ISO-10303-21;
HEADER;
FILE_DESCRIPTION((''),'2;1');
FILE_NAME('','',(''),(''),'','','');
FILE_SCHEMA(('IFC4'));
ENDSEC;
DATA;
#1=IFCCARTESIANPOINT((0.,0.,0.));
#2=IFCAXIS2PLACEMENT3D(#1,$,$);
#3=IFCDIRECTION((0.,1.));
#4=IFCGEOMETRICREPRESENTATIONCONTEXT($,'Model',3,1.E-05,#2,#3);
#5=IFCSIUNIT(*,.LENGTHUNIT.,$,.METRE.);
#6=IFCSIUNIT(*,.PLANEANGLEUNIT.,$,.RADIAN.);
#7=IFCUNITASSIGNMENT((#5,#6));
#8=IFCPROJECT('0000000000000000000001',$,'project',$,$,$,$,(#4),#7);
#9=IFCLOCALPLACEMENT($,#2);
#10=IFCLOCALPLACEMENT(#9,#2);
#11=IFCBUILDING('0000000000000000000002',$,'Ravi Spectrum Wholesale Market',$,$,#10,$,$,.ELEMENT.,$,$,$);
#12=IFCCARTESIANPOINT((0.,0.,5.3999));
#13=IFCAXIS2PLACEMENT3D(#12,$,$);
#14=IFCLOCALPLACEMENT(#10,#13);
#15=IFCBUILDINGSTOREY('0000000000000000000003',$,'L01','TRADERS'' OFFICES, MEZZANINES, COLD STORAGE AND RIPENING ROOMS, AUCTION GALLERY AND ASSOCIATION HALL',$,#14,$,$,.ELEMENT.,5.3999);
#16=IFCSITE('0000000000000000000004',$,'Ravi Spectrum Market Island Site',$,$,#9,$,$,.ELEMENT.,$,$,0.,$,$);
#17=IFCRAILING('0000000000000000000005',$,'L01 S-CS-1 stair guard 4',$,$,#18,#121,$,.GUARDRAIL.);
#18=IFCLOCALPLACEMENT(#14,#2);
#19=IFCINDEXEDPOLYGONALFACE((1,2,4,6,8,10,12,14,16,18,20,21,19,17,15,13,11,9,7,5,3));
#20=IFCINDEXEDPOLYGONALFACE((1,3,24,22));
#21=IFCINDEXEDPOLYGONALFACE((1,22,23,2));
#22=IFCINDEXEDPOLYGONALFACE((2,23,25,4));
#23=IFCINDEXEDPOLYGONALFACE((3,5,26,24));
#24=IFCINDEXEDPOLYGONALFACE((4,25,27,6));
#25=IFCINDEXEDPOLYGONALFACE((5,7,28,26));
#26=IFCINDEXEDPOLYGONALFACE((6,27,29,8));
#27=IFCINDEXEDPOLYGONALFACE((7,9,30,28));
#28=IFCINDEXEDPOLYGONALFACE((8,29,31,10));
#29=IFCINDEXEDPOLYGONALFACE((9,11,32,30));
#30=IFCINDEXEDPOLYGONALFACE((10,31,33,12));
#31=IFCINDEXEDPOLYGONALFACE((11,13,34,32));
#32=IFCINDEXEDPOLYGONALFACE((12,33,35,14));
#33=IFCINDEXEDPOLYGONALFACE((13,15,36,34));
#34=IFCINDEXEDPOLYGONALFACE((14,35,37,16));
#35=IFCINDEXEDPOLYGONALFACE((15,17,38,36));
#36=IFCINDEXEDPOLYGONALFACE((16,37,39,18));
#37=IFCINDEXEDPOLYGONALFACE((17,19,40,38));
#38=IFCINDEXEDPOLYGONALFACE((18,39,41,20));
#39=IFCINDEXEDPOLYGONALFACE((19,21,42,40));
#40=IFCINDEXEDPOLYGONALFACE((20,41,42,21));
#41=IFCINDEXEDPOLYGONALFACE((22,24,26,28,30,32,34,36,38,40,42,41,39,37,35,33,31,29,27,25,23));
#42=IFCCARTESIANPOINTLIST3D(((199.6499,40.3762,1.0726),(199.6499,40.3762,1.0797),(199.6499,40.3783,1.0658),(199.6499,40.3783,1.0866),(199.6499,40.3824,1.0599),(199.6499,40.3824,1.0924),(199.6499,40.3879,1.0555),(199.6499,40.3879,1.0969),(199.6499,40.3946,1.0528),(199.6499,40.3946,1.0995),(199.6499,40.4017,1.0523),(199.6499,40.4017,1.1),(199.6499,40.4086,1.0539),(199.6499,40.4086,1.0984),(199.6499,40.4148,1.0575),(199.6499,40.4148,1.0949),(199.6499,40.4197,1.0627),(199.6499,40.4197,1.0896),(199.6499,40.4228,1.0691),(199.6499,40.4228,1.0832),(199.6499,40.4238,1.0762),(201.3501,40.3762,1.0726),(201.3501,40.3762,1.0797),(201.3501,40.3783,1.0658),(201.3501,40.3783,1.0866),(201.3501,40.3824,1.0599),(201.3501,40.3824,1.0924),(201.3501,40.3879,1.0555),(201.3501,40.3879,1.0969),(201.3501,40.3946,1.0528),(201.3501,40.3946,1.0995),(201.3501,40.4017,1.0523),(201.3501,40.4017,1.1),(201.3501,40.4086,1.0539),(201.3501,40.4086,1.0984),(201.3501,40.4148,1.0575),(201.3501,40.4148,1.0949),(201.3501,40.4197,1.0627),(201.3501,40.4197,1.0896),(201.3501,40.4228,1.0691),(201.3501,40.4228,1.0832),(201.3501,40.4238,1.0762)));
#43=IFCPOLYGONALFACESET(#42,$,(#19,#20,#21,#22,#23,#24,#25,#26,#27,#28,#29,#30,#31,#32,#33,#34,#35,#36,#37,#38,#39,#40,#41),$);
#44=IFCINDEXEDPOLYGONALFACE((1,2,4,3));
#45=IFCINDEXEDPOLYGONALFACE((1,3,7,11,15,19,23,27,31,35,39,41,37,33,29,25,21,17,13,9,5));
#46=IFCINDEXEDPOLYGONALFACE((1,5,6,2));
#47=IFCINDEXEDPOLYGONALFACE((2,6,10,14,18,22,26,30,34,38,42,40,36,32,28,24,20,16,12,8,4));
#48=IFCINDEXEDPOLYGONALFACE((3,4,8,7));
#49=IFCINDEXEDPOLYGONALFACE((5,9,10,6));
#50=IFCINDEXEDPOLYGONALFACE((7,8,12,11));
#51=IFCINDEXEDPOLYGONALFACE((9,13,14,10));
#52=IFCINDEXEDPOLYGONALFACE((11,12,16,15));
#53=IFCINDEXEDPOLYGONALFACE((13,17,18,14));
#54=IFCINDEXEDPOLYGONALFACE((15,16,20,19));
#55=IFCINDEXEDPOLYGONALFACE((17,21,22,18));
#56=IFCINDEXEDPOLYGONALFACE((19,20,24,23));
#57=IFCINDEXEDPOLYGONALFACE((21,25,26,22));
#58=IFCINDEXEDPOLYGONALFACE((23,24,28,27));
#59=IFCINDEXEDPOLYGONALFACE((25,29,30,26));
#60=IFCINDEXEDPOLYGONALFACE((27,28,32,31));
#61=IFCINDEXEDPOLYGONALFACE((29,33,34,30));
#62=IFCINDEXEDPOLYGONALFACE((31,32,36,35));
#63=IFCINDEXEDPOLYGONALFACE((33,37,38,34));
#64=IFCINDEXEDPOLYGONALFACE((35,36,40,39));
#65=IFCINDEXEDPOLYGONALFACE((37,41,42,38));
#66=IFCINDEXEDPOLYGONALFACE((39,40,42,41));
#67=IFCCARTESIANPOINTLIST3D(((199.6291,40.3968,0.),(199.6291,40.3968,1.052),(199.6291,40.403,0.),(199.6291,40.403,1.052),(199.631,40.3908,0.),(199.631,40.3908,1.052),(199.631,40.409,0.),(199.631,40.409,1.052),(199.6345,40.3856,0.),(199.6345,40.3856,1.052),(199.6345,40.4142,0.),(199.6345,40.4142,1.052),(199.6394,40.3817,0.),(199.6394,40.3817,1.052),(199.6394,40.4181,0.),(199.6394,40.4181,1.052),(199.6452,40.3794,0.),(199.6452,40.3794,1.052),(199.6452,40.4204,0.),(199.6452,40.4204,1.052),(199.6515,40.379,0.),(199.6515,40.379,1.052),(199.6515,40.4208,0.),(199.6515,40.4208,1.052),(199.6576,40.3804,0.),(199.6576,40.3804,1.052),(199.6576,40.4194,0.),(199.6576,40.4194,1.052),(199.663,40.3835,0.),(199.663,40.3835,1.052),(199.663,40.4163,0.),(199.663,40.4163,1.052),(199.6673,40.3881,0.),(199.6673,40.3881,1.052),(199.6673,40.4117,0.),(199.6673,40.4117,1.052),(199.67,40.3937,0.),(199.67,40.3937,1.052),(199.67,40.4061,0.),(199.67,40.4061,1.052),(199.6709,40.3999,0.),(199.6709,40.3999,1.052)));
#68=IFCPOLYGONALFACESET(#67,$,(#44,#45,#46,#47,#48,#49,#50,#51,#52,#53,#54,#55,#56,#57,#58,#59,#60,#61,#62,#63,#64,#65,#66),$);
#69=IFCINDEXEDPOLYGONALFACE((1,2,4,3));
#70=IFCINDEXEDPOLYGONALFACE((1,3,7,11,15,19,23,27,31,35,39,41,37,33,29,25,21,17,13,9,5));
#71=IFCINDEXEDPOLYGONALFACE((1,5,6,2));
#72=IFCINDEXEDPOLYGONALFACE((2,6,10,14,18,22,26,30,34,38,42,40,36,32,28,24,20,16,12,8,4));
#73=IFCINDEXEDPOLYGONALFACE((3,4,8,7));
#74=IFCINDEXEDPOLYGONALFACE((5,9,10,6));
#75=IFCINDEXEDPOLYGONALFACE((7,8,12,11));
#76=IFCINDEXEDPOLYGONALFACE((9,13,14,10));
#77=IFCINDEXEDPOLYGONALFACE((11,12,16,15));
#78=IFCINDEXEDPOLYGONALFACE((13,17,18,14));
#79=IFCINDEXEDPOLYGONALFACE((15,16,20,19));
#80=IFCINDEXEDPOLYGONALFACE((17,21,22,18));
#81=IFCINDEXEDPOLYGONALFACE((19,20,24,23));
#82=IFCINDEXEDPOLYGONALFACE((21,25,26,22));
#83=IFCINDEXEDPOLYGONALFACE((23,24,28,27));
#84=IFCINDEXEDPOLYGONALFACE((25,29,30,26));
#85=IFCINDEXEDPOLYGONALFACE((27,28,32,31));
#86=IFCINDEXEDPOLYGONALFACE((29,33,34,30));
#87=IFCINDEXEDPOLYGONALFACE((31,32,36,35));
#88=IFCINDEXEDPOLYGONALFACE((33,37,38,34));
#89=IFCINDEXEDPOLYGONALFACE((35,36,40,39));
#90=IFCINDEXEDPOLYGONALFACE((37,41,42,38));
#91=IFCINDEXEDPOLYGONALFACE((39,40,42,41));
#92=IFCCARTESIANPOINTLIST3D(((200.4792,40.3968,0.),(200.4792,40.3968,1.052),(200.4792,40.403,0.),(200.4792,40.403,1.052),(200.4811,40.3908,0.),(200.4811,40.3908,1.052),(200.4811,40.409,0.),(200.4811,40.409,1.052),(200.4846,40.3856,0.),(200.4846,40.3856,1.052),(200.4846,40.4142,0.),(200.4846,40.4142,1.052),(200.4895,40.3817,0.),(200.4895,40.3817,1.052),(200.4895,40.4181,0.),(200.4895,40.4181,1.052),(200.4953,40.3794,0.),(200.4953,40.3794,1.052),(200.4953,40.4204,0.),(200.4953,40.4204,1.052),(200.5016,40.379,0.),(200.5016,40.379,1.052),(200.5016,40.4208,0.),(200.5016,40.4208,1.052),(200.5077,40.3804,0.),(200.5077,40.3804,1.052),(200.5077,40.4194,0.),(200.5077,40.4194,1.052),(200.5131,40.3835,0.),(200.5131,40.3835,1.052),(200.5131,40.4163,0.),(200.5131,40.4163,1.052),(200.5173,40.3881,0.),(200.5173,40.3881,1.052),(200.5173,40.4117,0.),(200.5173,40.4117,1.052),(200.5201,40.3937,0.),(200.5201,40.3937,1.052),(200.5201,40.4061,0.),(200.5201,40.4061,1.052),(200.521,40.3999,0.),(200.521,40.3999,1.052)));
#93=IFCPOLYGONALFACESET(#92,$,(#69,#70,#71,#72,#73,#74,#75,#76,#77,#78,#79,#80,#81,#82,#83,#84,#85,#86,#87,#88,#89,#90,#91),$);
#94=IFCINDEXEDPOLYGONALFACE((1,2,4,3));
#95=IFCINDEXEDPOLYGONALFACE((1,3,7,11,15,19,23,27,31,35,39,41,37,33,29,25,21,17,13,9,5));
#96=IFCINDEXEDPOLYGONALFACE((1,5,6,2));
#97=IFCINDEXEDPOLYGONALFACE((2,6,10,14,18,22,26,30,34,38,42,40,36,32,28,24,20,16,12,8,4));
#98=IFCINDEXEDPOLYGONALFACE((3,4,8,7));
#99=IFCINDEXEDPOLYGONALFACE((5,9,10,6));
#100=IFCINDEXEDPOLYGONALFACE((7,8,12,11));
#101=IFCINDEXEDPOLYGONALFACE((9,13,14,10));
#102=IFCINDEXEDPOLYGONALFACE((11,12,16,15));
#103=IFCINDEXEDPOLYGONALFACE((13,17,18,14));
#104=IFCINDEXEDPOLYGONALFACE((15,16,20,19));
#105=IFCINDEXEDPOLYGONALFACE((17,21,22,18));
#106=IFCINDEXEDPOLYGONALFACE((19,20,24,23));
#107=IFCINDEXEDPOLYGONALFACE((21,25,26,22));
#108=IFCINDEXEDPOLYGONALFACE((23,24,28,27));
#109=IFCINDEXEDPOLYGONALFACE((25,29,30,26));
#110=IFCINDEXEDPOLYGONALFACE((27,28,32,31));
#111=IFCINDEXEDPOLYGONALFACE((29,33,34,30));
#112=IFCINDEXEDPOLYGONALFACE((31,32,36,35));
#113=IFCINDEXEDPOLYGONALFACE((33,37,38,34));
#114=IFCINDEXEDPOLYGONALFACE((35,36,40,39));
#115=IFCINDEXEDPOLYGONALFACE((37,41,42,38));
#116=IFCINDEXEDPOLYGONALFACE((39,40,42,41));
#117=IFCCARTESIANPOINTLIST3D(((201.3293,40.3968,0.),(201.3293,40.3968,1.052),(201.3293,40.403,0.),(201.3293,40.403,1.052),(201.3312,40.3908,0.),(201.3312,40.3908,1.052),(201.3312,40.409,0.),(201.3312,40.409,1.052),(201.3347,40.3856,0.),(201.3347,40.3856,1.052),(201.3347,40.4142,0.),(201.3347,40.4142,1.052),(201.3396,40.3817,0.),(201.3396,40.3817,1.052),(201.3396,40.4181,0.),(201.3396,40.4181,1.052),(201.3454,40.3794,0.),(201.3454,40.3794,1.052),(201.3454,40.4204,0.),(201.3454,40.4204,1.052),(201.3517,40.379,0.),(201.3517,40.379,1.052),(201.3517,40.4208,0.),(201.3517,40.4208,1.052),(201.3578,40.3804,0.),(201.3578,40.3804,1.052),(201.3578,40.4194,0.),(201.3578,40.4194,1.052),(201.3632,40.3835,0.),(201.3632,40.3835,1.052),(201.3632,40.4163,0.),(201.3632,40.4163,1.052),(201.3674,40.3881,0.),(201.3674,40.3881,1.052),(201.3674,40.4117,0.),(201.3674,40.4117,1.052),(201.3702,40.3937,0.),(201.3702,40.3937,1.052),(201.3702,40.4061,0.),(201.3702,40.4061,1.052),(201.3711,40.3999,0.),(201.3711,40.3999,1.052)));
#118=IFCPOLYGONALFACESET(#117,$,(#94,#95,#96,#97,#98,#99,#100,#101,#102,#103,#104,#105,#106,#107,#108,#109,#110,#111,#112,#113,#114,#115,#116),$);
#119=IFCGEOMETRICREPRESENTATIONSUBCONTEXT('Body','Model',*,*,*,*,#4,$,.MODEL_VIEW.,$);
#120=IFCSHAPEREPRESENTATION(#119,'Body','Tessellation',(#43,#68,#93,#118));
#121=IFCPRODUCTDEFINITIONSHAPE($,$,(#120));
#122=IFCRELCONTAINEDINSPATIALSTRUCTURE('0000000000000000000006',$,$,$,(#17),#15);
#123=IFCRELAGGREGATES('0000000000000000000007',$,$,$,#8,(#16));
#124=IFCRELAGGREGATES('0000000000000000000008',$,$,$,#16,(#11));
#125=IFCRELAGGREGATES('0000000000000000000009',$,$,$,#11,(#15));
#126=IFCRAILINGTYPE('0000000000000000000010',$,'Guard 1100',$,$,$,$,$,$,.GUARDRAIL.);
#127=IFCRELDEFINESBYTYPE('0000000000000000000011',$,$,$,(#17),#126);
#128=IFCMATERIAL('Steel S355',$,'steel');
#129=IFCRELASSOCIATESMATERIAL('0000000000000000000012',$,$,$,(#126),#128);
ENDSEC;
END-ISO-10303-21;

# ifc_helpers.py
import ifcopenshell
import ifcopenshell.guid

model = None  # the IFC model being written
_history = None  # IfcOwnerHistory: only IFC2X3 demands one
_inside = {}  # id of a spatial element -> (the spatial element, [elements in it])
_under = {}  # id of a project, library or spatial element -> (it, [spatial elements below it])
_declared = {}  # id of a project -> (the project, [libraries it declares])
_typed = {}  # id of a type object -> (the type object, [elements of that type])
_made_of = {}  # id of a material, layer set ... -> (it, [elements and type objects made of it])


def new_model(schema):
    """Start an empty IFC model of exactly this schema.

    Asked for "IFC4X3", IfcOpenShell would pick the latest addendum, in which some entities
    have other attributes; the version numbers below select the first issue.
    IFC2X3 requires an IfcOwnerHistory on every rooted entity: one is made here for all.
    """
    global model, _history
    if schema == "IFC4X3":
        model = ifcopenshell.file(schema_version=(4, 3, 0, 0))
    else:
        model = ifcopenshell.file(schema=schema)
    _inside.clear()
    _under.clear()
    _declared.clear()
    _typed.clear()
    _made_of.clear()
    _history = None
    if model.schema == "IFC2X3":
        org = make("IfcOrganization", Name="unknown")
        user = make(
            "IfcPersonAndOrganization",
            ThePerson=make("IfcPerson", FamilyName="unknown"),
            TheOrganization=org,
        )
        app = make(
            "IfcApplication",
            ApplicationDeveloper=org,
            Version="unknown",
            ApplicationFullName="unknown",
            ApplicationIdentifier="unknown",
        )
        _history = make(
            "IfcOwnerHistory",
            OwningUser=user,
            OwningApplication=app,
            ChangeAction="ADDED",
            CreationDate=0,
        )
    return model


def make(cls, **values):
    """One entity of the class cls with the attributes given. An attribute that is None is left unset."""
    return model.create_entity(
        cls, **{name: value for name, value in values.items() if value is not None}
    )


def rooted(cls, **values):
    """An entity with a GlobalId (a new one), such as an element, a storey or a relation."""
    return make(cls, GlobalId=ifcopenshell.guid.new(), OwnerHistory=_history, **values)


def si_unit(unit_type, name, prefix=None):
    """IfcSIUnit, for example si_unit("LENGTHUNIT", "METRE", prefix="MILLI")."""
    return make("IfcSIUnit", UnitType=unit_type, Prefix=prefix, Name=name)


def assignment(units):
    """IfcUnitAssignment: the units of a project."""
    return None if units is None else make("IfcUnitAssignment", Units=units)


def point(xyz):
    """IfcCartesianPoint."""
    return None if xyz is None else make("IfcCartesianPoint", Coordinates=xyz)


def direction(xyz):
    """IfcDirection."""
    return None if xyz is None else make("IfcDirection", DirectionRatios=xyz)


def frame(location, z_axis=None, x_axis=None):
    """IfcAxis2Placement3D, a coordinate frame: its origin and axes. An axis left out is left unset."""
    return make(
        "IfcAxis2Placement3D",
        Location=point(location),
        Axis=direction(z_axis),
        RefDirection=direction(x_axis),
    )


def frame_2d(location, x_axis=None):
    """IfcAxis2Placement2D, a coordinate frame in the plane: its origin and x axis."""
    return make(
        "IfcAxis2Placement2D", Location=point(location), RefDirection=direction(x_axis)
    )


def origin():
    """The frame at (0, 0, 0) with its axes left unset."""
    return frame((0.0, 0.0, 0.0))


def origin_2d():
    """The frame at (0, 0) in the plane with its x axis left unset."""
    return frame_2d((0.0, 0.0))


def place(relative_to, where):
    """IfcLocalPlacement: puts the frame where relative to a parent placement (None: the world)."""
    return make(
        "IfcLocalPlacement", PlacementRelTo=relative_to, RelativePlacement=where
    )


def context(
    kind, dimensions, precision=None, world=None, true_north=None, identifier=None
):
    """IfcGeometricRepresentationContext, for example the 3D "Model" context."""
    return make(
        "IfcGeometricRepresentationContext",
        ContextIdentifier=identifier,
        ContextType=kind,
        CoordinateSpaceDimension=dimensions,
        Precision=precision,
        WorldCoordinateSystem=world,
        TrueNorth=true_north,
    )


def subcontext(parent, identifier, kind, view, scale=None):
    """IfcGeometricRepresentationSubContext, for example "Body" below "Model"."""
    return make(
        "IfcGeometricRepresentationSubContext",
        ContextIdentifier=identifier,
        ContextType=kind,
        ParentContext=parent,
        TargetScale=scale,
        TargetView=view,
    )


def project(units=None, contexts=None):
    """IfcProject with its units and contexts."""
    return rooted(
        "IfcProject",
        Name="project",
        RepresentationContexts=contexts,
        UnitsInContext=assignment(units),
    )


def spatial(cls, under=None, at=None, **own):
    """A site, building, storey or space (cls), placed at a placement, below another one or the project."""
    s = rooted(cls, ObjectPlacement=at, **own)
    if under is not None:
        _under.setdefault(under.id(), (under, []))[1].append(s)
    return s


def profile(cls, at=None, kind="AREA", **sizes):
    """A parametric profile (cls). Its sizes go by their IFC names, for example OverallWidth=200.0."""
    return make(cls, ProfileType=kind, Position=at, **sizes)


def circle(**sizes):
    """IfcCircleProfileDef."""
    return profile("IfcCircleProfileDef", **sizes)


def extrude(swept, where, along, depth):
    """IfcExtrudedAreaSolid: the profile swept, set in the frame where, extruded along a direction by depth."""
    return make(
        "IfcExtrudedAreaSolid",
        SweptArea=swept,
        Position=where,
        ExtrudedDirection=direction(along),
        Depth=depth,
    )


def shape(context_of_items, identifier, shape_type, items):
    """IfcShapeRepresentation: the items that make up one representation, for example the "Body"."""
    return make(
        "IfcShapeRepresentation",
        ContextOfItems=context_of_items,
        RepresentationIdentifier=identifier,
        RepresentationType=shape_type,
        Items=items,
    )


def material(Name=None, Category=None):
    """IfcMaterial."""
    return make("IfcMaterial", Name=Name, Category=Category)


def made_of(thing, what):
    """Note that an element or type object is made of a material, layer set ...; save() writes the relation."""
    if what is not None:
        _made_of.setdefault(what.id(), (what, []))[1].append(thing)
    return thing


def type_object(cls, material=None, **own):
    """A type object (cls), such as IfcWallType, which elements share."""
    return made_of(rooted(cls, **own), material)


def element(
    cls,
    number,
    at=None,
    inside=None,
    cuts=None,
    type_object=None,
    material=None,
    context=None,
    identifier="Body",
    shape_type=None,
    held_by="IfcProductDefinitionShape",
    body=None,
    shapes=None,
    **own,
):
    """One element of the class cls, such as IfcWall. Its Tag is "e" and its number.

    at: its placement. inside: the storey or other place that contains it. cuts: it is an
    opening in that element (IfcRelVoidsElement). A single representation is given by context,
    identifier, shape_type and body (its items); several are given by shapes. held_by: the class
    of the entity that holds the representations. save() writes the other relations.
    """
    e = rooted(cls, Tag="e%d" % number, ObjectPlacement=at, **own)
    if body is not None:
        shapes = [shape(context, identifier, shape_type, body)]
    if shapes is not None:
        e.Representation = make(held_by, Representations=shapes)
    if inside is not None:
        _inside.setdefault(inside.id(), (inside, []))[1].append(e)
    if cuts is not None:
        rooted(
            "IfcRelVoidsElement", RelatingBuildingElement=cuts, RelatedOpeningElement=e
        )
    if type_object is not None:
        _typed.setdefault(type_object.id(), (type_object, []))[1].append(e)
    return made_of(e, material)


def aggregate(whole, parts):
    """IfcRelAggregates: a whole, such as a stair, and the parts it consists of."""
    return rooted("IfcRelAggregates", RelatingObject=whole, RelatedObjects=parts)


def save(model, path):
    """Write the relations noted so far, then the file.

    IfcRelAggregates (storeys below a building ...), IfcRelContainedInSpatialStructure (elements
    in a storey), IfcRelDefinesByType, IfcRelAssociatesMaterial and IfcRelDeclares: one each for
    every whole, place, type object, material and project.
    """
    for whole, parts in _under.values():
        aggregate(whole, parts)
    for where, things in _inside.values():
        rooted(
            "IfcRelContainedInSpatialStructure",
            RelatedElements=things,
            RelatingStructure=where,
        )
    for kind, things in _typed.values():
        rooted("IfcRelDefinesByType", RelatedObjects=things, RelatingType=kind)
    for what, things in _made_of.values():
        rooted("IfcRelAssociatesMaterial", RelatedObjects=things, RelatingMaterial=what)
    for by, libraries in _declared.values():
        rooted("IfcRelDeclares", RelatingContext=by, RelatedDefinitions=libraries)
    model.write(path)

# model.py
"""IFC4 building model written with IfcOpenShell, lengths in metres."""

from ifc_helpers import new_model, si_unit, direction, frame, origin, origin_2d, place, context, subcontext, project, spatial, circle, extrude, material, type_object, element, save


model = new_model("IFC4")

# Units and contexts
model_context = context("Model", 3, precision=1e-05, world=origin(), true_north=direction((0.0, 1.0)))
body_context = subcontext(model_context, "Body", "Model", "MODEL_VIEW")
ifc_project = project(units=[si_unit("LENGTHUNIT", "METRE"), si_unit("PLANEANGLEUNIT", "RADIAN")], contexts=[model_context])

# Site, building, storey
site_placement = place(None, origin())
site = spatial("IfcSite", under=ifc_project, at=site_placement, Name="Ravi Spectrum Market Island Site", CompositionType="ELEMENT", RefElevation=0.0)
building_placement = place(site_placement, origin())
building = spatial("IfcBuilding", under=site, at=building_placement, Name="Ravi Spectrum Wholesale Market", CompositionType="ELEMENT")
storey_placement = place(building_placement, frame((0.0, 0.0, 5.3999)))
storey = spatial("IfcBuildingStorey", under=building, at=storey_placement, Name="L01", Description="TRADERS' OFFICES, MEZZANINES, COLD STORAGE AND RIPENING ROOMS, AUCTION GALLERY AND ASSOCIATION HALL", CompositionType="ELEMENT", Elevation=5.3999)

# Railing
ifc_material_1 = material(Name="Steel S355", Category="steel")
railing_type_1 = type_object("IfcRailingType", Name="Guard 1100", PredefinedType="GUARDRAIL", material=ifc_material_1)
railing_1_placement = place(storey_placement, frame((199.6499, 40.3999, 0.0)))
element("IfcRailing", 1, at=railing_1_placement, inside=storey, type_object=railing_type_1, Name="L01 S-CS-1 stair guard 4", PredefinedType="GUARDRAIL", context=body_context, shape_type="SweptSolid", body=[
    extrude(circle(Radius=0.0239, at=origin_2d()), frame((0.0, 0.0, 1.0762), z_axis=(1.0, 0.0, 0.0), x_axis=(0.0, 1.0, 0.0)), (0.0, 0.0, 1.0), 1.7002),
    extrude(circle(Radius=0.021, at=origin_2d()), origin(), (0.0, 0.0, 1.0), 1.052),
    extrude(circle(Radius=0.021, at=origin_2d()), frame((0.8501, 0.0, 0.0)), (0.0, 0.0, 1.0), 1.052),
    extrude(circle(Radius=0.021, at=origin_2d()), frame((1.7002, 0.0, 0.0)), (0.0, 0.0, 1.0), 1.052),
])

save(model, "model.ifc")
